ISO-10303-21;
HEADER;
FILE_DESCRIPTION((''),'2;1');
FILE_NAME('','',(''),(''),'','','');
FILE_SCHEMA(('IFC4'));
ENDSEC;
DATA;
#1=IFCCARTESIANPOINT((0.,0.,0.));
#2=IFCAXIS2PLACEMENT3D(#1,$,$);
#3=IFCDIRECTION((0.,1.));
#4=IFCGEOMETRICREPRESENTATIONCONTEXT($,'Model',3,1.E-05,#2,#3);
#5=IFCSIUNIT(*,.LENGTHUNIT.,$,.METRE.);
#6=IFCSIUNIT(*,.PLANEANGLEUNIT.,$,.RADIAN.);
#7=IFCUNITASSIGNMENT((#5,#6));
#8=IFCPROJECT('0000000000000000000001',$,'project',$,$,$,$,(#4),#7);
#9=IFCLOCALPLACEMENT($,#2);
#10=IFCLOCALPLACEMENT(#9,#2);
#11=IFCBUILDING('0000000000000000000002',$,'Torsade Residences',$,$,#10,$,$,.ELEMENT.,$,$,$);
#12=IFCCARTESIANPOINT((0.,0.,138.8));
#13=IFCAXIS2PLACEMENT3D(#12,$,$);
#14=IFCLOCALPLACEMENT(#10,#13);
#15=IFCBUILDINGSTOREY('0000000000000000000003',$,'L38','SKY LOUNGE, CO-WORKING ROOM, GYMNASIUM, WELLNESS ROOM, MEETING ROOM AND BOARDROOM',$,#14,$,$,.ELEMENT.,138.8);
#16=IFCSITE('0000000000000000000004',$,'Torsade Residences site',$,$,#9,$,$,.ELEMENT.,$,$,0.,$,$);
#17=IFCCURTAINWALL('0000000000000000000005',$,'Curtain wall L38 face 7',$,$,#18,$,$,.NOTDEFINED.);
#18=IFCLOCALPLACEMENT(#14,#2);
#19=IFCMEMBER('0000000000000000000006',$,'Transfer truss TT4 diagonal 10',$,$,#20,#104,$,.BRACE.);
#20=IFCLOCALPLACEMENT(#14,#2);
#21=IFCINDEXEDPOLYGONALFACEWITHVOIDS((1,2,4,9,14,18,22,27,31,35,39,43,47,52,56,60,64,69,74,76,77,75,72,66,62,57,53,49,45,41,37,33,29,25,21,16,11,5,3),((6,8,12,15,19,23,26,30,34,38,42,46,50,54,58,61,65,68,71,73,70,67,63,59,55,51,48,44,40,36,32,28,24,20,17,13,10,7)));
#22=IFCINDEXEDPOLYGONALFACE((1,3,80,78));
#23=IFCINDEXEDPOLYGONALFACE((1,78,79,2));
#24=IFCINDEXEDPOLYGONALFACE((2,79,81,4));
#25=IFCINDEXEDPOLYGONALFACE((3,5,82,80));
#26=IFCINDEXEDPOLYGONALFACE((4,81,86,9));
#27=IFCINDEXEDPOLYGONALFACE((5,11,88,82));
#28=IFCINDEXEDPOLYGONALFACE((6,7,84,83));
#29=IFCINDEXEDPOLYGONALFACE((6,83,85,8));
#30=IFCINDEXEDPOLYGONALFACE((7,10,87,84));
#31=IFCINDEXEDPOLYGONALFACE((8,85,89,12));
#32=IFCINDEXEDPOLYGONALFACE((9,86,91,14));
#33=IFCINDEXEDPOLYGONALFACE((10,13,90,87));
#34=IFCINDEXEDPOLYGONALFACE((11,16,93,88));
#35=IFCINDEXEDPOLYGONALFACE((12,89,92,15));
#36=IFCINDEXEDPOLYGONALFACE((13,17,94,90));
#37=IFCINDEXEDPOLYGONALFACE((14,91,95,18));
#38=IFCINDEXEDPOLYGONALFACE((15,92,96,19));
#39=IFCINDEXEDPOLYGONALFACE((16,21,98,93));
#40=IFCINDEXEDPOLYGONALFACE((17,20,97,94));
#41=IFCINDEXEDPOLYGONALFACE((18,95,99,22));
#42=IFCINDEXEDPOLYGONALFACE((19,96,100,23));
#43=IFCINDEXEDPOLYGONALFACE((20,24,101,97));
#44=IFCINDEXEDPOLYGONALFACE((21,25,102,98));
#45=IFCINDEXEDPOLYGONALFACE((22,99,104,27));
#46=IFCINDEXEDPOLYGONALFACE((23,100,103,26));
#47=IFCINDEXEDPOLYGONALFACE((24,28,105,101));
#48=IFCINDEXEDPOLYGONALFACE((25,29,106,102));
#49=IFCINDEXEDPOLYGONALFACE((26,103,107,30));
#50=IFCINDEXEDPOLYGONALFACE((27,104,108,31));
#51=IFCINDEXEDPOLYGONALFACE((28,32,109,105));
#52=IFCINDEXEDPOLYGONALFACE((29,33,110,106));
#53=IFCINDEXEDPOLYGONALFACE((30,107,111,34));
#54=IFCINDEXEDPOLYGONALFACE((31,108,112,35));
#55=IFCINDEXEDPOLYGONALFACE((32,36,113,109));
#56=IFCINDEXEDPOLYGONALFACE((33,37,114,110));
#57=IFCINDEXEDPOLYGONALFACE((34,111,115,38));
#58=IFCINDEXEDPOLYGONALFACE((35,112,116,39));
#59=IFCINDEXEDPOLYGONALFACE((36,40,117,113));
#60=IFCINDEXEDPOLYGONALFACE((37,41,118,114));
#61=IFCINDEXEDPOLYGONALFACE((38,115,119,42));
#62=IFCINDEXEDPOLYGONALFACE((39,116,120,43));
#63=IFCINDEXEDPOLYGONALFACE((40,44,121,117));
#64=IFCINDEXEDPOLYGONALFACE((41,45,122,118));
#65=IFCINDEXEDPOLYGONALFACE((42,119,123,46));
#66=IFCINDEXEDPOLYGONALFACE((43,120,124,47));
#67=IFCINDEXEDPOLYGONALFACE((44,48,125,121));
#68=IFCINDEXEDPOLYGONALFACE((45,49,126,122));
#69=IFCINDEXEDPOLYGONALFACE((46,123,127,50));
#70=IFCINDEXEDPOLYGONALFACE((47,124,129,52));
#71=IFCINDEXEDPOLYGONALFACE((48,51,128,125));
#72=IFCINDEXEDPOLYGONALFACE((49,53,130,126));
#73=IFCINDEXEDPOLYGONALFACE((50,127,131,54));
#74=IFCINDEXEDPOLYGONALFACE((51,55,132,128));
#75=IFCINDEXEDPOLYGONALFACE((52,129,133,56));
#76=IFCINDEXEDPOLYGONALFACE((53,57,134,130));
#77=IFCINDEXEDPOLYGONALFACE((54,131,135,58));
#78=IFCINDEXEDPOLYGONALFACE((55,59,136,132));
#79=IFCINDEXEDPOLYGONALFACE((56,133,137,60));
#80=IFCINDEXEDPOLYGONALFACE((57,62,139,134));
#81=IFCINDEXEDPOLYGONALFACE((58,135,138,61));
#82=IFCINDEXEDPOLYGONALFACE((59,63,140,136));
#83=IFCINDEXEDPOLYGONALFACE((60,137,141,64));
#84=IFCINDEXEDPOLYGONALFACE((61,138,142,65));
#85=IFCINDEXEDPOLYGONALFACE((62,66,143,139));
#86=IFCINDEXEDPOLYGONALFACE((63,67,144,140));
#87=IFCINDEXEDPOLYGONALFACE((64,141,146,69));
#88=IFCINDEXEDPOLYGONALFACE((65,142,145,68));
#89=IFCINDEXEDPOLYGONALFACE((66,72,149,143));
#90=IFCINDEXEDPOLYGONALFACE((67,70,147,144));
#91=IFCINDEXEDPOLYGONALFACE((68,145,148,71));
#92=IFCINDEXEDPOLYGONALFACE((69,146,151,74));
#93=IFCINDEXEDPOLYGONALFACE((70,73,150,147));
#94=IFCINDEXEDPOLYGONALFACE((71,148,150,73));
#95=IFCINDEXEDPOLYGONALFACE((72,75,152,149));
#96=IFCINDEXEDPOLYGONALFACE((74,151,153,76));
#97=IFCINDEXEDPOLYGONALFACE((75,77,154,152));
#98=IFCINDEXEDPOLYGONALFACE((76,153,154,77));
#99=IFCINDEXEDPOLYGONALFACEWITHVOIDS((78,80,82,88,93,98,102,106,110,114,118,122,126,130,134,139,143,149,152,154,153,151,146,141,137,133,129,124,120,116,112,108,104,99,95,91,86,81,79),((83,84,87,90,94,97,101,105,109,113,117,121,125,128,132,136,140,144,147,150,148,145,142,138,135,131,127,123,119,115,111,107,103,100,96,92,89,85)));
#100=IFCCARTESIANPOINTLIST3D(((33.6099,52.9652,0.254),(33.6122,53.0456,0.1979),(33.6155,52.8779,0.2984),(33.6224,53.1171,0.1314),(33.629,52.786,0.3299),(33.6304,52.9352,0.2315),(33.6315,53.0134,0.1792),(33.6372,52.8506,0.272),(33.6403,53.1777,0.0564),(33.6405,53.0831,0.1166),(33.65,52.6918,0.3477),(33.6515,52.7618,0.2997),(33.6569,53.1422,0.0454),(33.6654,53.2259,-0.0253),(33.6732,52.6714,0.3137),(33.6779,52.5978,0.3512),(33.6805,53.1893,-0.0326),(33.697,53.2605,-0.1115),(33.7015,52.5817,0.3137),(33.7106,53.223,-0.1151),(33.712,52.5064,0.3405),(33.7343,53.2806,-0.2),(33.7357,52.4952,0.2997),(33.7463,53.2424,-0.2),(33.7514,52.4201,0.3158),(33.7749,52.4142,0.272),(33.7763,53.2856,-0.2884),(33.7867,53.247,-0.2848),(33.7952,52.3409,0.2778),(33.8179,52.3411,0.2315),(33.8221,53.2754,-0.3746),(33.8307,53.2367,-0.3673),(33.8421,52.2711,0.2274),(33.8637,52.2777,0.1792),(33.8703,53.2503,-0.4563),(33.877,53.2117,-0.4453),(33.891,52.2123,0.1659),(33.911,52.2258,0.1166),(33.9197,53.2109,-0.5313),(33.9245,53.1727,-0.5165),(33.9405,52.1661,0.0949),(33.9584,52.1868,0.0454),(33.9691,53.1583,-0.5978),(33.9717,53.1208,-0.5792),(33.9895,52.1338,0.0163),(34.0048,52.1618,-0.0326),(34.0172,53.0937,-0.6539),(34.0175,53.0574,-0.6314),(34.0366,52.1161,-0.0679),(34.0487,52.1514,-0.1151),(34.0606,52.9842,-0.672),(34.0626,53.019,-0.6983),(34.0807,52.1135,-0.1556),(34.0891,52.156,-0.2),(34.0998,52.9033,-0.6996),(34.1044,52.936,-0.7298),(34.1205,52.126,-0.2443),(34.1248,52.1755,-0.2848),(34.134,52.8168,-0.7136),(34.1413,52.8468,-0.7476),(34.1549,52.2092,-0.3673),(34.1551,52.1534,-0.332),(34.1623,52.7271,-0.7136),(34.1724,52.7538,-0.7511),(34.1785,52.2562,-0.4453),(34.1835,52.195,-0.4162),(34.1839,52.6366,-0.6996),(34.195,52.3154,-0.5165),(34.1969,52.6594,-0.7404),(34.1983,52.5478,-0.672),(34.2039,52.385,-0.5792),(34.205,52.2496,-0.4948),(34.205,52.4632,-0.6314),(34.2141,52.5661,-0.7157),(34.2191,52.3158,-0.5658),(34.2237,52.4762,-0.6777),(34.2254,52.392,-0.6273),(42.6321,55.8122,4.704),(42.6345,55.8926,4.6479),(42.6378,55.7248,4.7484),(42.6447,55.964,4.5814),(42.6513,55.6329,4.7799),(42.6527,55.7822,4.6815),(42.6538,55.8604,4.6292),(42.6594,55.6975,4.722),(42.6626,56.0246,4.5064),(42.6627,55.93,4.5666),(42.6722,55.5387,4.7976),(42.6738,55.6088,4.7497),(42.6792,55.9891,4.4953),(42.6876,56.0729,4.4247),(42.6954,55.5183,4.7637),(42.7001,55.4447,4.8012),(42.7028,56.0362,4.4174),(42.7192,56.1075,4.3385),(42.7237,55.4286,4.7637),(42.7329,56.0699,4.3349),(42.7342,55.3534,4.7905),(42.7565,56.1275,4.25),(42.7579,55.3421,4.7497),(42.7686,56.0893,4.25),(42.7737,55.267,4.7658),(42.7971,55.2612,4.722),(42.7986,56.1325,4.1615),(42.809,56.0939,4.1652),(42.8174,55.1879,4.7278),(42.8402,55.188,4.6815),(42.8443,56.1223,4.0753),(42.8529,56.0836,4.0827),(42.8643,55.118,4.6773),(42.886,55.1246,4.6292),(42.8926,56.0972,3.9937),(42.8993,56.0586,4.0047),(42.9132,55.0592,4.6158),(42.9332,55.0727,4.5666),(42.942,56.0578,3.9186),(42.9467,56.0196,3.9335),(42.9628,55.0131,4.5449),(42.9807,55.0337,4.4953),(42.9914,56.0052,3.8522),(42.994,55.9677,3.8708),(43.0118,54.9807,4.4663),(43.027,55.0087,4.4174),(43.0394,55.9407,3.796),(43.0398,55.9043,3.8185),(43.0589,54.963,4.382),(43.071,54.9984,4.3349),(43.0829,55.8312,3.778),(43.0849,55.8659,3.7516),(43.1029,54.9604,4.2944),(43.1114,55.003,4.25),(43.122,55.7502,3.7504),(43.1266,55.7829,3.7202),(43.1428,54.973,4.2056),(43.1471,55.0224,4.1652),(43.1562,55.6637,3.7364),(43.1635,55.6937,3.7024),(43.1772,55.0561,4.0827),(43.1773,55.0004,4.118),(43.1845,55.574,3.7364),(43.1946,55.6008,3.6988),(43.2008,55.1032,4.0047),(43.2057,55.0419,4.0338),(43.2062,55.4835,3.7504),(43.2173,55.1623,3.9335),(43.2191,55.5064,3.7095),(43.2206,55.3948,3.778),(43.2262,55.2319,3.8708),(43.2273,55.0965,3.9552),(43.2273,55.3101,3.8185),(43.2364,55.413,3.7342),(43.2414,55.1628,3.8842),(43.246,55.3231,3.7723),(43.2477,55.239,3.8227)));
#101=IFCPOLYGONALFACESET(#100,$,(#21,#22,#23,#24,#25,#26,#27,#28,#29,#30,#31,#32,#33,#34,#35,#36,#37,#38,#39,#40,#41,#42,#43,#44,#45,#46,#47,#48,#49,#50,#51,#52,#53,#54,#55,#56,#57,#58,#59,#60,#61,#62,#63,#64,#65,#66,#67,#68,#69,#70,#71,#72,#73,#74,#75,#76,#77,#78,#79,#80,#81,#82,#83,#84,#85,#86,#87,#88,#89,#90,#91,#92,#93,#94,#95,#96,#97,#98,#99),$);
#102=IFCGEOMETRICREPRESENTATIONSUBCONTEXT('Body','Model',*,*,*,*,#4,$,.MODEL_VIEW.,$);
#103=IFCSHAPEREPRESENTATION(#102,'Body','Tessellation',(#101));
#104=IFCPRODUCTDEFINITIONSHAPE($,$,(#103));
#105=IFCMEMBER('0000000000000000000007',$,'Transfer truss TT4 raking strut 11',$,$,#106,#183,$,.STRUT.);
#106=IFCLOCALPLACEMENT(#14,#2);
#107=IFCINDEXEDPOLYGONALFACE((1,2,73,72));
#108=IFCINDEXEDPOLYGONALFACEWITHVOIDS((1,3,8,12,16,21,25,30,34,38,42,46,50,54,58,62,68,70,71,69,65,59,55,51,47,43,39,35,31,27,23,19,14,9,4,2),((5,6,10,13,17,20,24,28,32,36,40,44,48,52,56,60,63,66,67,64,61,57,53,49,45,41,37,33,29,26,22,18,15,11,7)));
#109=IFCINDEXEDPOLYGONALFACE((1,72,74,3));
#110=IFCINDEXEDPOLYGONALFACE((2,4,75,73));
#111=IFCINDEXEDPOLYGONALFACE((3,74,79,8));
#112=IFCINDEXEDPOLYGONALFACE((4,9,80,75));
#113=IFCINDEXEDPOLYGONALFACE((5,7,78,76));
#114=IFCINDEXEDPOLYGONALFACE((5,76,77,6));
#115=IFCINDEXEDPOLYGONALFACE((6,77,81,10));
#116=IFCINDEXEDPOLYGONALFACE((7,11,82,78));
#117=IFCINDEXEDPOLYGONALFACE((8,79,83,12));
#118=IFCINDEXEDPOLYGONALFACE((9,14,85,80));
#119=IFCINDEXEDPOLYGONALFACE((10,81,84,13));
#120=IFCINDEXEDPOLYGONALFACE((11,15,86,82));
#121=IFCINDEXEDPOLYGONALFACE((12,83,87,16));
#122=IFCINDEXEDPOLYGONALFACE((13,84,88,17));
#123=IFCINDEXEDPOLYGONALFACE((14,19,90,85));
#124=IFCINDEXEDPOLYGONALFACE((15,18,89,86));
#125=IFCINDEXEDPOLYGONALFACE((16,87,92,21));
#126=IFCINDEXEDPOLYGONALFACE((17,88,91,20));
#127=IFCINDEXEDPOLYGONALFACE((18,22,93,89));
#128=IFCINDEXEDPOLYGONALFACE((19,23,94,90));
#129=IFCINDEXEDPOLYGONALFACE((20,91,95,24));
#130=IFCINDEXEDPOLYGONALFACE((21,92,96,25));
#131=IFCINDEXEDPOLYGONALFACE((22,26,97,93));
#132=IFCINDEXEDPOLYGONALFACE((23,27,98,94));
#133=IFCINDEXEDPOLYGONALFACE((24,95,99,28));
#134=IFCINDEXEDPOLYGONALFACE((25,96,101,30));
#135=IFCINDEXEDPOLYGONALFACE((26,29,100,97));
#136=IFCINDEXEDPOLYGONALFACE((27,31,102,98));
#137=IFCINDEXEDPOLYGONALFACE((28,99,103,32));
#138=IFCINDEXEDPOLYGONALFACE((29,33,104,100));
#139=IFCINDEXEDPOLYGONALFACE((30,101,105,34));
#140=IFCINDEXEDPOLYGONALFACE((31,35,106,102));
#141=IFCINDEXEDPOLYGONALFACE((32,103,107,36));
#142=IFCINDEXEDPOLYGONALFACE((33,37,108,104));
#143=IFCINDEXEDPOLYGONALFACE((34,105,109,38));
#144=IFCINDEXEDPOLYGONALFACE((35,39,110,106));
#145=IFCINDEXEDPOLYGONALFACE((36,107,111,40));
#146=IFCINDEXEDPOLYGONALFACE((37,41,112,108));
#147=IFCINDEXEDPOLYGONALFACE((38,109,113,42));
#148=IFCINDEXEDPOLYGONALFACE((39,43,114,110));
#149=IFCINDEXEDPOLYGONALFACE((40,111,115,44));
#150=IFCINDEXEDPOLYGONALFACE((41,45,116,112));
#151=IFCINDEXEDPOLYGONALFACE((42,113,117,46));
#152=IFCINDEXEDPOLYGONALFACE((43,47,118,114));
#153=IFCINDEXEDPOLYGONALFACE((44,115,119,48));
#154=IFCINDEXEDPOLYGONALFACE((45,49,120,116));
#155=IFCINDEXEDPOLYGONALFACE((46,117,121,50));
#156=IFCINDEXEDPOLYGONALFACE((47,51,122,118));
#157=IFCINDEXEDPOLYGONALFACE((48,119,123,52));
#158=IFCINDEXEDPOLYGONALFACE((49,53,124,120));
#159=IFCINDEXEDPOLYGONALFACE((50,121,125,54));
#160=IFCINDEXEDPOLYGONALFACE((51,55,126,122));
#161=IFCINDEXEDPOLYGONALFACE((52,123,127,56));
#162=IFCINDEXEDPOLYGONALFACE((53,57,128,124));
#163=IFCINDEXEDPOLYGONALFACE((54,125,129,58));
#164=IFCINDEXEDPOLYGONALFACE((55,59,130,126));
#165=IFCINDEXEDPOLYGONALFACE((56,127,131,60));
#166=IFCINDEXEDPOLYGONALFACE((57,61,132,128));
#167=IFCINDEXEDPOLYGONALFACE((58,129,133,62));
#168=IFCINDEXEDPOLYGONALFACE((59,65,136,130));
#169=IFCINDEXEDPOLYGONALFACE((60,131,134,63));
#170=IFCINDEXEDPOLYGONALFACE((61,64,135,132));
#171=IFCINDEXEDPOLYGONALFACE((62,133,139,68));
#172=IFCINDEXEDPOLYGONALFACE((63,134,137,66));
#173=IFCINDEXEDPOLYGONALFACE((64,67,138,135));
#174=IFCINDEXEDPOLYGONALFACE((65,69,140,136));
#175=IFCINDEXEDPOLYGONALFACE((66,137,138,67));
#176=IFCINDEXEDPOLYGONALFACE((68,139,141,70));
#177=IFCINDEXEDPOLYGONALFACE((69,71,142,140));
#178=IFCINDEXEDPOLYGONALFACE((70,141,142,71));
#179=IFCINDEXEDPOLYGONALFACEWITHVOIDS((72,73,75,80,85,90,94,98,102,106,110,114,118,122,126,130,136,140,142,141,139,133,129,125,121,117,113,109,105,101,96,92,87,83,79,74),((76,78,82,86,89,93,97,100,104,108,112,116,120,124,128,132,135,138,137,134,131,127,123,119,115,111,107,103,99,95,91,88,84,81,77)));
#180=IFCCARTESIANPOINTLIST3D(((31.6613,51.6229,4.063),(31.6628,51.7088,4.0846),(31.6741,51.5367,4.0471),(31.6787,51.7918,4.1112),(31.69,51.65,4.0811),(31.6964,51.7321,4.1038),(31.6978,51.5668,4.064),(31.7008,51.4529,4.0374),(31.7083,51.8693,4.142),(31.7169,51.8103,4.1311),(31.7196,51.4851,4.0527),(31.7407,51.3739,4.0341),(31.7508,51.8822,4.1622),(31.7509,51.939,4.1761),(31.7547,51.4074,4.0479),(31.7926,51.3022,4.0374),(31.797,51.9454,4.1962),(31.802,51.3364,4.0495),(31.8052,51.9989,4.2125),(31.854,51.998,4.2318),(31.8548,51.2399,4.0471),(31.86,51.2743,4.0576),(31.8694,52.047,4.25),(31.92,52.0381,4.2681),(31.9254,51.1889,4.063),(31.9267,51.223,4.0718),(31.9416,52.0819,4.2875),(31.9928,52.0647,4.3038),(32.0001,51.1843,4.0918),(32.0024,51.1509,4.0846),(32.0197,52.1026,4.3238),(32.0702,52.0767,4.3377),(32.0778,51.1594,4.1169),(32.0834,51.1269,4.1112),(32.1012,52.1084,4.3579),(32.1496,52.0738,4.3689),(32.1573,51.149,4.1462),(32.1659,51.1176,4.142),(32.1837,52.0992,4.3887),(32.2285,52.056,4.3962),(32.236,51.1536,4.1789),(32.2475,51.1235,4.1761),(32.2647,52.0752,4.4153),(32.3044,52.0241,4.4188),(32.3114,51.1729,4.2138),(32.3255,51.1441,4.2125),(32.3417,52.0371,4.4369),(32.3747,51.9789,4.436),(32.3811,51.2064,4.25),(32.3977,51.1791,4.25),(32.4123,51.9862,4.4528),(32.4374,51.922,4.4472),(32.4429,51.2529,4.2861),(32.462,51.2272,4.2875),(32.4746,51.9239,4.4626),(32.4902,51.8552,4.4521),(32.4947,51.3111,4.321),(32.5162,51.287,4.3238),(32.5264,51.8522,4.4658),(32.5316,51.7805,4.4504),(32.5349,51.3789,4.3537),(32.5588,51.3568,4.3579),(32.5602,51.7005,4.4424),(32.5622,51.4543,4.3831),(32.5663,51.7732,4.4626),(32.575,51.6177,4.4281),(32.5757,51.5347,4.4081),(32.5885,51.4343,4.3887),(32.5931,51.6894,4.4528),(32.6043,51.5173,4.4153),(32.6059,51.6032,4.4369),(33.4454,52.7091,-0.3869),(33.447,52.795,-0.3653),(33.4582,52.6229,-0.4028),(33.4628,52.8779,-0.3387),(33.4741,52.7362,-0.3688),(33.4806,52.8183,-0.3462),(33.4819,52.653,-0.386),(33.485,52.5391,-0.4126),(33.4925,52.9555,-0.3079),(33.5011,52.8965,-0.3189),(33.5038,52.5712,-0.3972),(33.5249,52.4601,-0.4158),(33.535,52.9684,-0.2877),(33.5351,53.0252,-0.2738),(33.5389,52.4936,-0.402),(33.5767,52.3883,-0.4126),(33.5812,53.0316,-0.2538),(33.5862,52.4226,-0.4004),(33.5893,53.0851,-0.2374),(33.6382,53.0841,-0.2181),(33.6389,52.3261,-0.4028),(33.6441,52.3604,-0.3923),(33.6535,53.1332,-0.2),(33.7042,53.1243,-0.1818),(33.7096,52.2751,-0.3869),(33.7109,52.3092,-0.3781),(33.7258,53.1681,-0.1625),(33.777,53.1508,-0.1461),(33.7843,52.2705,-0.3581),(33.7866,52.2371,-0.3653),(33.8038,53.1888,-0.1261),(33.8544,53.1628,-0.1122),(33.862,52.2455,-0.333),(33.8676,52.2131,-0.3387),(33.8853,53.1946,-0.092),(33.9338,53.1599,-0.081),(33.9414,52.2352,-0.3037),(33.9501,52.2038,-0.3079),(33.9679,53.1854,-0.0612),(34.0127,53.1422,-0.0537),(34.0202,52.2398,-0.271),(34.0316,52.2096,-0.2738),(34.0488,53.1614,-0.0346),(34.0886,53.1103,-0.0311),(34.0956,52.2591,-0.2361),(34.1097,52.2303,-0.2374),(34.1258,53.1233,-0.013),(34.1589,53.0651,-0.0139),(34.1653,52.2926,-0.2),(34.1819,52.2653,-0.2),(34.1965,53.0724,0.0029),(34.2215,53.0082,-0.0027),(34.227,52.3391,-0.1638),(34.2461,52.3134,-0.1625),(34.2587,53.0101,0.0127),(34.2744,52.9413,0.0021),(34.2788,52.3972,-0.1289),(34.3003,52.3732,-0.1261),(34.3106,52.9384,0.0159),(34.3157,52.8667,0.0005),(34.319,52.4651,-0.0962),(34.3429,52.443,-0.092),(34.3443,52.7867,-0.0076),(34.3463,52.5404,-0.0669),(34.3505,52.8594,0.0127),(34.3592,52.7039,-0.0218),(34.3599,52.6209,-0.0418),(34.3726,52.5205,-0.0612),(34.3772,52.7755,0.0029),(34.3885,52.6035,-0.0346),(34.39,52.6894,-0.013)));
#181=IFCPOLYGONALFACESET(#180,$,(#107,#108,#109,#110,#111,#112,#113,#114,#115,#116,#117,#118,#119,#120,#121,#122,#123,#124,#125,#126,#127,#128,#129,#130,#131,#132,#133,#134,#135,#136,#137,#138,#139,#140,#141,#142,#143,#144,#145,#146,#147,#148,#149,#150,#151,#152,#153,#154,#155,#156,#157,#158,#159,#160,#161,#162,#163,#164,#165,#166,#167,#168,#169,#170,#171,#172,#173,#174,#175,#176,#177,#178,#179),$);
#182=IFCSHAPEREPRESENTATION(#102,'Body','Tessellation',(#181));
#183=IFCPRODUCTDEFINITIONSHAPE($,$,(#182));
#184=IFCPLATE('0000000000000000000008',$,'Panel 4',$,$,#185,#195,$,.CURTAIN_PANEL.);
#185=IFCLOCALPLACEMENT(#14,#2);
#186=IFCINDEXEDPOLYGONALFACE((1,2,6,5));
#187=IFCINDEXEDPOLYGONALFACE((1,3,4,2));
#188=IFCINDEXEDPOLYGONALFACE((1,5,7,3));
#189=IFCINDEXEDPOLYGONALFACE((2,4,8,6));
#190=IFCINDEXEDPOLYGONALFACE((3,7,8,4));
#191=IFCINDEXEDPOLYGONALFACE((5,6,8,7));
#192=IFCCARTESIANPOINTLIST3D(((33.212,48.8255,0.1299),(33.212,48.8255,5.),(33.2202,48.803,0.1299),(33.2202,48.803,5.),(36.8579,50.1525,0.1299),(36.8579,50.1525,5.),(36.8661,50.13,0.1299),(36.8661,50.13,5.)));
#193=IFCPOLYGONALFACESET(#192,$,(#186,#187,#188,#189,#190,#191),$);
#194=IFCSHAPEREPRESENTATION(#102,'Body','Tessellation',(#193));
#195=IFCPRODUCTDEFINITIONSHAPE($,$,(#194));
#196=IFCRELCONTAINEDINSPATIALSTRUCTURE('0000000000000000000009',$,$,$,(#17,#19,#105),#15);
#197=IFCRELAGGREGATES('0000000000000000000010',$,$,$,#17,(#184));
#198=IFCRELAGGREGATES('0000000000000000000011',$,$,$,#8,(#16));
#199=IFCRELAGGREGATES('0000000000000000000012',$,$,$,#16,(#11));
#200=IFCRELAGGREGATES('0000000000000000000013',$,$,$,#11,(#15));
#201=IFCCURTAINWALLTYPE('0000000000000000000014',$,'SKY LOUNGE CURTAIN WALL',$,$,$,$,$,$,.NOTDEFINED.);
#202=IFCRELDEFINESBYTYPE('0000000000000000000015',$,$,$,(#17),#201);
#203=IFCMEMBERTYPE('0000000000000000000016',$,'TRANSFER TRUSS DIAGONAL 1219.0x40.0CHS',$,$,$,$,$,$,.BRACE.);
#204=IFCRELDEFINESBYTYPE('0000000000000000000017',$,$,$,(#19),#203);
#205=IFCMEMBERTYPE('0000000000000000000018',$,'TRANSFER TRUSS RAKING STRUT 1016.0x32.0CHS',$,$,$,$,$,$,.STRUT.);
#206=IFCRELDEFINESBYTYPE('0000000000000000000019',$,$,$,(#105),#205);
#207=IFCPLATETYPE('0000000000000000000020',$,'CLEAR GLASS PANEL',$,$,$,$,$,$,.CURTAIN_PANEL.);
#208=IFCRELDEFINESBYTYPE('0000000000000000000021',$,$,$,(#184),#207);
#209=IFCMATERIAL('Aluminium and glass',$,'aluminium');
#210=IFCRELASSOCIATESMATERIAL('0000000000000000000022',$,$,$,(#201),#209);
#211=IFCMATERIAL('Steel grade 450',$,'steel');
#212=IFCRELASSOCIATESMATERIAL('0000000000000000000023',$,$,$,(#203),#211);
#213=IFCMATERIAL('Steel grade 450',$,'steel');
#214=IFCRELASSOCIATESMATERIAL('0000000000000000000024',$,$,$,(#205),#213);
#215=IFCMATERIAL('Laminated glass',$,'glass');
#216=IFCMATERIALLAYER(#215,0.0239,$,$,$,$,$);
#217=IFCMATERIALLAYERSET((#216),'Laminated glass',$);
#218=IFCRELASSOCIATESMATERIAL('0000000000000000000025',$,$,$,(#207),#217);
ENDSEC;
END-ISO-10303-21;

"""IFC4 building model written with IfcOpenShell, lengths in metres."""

from ifc_helpers import new_model, si_unit, direction, frame, origin, origin_2d, place, context, subcontext, project, spatial, rectangle, hollow_circle, extrude, material, layer, layer_set, material_profile, profile_set, type_object, element, aggregate, save


model = new_model("IFC4")

# Units and contexts
model_context = context("Model", 3, precision=1e-05, world=origin(), true_north=direction((0.0, 1.0)))
body_context = subcontext(model_context, "Body", "Model", "MODEL_VIEW")
ifc_project = project(units=[si_unit("LENGTHUNIT", "METRE"), si_unit("PLANEANGLEUNIT", "RADIAN")], contexts=[model_context])

# Site, building, storey
site_placement = place(None, origin())
site = spatial("IfcSite", under=ifc_project, at=site_placement, Name="Torsade Residences site", CompositionType="ELEMENT", RefElevation=0.0)
building_placement = place(site_placement, origin())
building = spatial("IfcBuilding", under=site, at=building_placement, Name="Torsade Residences", CompositionType="ELEMENT")
storey_placement = place(building_placement, frame((0.0, 0.0, 138.8)))
storey = spatial("IfcBuildingStorey", under=building, at=storey_placement, Name="L38", Description="SKY LOUNGE, CO-WORKING ROOM, GYMNASIUM, WELLNESS ROOM, MEETING ROOM AND BOARDROOM", CompositionType="ELEMENT", Elevation=138.8)

# Curtain wall
ifc_material_1 = material(Name="Aluminium and glass", Category="aluminium")
curtain_wall_type = type_object("IfcCurtainWallType", Name="SKY LOUNGE CURTAIN WALL", PredefinedType="NOTDEFINED", material=ifc_material_1)
curtain_wall_placement = place(storey_placement, origin())
curtain_wall = element("IfcCurtainWall", 1, at=curtain_wall_placement, inside=storey, type_object=curtain_wall_type, Name="Curtain wall L38 face 7", PredefinedType="NOTDEFINED")

# Members
ifc_material_2 = material(Name="Steel grade 450", Category="steel")
ifc_material_profile_1 = material_profile(ifc_material_2, hollow_circle(Radius=0.6096, WallThickness=0.04, at=origin_2d()), Name="1219.0x40.0CHS")
ifc_profile_set_1 = profile_set([ifc_material_profile_1], Name="Steel grade 450")
member_type_1 = type_object("IfcMemberType", Name="TRANSFER TRUSS DIAGONAL 1219.0x40.0CHS", PredefinedType="BRACE", material=ifc_profile_set_1)
member_1_placement = place(storey_placement, frame((33.9177, 52.6992, -0.2), z_axis=(0.862956, 0.272302, 0.425628), x_axis=(-0.30092, 0.953649, 0.0)))
element("IfcMember", 2, at=member_1_placement, inside=storey, type_object=member_type_1, Name="Transfer truss TT4 diagonal 10", PredefinedType="BRACE", context=body_context, shape_type="SweptSolid", body=[
    extrude(hollow_circle(Radius=0.6096, WallThickness=0.04, at=origin_2d()), origin(), (0.0, 0.0, 1.0), 10.4551),
])
ifc_material_3 = material(Name="Steel grade 450", Category="steel")
ifc_material_profile_2 = material_profile(ifc_material_3, hollow_circle(Radius=0.5081, WallThickness=0.032, at=origin_2d()), Name="1016.0x32.0CHS")
ifc_profile_set_2 = profile_set([ifc_material_profile_2], Name="Steel grade 450")
member_type_2 = type_object("IfcMemberType", Name="TRANSFER TRUSS RAKING STRUT 1016.0x32.0CHS", PredefinedType="STRUT", material=ifc_profile_set_2)
member_2_placement = place(storey_placement, frame((33.9177, 52.6992, -0.2), z_axis=(-0.362948, -0.220957, 0.905233), x_axis=(0.520003, -0.854165, 0.0)))
element("IfcMember", 3, at=member_2_placement, inside=storey, type_object=member_type_2, Name="Transfer truss TT4 raking strut 11", PredefinedType="STRUT", context=body_context, shape_type="SweptSolid", body=[
    extrude(hollow_circle(Radius=0.5081, WallThickness=0.032, at=origin_2d()), origin(), (0.0, 0.0, 1.0), 4.9158),
])

# Plate
ifc_material_4 = material(Name="Laminated glass", Category="glass")
ifc_layer_1 = layer(ifc_material_4, 0.0239)
ifc_layer_set_1 = layer_set([ifc_layer_1], Name="Laminated glass")
plate_type = type_object("IfcPlateType", Name="CLEAR GLASS PANEL", PredefinedType="CURTAIN_PANEL", material=ifc_layer_set_1)
plate_1_placement = place(storey_placement, frame((35.0391, 49.4778, 0.1299), z_axis=(0.0, 0.0, 1.0), x_axis=(-0.939693, -0.34202, 0.0)))
plate_1 = element("IfcPlate", 4, at=plate_1_placement, type_object=plate_type, Name="Panel 4", PredefinedType="CURTAIN_PANEL", context=body_context, shape_type="SweptSolid", body=[
    extrude(rectangle(XDim=3.8799, YDim=0.0239, at=origin_2d()), origin(), (0.0, 0.0, 1.0), 4.8701),
])
aggregate(curtain_wall, [plate_1])

save(model, "model.ifc")
